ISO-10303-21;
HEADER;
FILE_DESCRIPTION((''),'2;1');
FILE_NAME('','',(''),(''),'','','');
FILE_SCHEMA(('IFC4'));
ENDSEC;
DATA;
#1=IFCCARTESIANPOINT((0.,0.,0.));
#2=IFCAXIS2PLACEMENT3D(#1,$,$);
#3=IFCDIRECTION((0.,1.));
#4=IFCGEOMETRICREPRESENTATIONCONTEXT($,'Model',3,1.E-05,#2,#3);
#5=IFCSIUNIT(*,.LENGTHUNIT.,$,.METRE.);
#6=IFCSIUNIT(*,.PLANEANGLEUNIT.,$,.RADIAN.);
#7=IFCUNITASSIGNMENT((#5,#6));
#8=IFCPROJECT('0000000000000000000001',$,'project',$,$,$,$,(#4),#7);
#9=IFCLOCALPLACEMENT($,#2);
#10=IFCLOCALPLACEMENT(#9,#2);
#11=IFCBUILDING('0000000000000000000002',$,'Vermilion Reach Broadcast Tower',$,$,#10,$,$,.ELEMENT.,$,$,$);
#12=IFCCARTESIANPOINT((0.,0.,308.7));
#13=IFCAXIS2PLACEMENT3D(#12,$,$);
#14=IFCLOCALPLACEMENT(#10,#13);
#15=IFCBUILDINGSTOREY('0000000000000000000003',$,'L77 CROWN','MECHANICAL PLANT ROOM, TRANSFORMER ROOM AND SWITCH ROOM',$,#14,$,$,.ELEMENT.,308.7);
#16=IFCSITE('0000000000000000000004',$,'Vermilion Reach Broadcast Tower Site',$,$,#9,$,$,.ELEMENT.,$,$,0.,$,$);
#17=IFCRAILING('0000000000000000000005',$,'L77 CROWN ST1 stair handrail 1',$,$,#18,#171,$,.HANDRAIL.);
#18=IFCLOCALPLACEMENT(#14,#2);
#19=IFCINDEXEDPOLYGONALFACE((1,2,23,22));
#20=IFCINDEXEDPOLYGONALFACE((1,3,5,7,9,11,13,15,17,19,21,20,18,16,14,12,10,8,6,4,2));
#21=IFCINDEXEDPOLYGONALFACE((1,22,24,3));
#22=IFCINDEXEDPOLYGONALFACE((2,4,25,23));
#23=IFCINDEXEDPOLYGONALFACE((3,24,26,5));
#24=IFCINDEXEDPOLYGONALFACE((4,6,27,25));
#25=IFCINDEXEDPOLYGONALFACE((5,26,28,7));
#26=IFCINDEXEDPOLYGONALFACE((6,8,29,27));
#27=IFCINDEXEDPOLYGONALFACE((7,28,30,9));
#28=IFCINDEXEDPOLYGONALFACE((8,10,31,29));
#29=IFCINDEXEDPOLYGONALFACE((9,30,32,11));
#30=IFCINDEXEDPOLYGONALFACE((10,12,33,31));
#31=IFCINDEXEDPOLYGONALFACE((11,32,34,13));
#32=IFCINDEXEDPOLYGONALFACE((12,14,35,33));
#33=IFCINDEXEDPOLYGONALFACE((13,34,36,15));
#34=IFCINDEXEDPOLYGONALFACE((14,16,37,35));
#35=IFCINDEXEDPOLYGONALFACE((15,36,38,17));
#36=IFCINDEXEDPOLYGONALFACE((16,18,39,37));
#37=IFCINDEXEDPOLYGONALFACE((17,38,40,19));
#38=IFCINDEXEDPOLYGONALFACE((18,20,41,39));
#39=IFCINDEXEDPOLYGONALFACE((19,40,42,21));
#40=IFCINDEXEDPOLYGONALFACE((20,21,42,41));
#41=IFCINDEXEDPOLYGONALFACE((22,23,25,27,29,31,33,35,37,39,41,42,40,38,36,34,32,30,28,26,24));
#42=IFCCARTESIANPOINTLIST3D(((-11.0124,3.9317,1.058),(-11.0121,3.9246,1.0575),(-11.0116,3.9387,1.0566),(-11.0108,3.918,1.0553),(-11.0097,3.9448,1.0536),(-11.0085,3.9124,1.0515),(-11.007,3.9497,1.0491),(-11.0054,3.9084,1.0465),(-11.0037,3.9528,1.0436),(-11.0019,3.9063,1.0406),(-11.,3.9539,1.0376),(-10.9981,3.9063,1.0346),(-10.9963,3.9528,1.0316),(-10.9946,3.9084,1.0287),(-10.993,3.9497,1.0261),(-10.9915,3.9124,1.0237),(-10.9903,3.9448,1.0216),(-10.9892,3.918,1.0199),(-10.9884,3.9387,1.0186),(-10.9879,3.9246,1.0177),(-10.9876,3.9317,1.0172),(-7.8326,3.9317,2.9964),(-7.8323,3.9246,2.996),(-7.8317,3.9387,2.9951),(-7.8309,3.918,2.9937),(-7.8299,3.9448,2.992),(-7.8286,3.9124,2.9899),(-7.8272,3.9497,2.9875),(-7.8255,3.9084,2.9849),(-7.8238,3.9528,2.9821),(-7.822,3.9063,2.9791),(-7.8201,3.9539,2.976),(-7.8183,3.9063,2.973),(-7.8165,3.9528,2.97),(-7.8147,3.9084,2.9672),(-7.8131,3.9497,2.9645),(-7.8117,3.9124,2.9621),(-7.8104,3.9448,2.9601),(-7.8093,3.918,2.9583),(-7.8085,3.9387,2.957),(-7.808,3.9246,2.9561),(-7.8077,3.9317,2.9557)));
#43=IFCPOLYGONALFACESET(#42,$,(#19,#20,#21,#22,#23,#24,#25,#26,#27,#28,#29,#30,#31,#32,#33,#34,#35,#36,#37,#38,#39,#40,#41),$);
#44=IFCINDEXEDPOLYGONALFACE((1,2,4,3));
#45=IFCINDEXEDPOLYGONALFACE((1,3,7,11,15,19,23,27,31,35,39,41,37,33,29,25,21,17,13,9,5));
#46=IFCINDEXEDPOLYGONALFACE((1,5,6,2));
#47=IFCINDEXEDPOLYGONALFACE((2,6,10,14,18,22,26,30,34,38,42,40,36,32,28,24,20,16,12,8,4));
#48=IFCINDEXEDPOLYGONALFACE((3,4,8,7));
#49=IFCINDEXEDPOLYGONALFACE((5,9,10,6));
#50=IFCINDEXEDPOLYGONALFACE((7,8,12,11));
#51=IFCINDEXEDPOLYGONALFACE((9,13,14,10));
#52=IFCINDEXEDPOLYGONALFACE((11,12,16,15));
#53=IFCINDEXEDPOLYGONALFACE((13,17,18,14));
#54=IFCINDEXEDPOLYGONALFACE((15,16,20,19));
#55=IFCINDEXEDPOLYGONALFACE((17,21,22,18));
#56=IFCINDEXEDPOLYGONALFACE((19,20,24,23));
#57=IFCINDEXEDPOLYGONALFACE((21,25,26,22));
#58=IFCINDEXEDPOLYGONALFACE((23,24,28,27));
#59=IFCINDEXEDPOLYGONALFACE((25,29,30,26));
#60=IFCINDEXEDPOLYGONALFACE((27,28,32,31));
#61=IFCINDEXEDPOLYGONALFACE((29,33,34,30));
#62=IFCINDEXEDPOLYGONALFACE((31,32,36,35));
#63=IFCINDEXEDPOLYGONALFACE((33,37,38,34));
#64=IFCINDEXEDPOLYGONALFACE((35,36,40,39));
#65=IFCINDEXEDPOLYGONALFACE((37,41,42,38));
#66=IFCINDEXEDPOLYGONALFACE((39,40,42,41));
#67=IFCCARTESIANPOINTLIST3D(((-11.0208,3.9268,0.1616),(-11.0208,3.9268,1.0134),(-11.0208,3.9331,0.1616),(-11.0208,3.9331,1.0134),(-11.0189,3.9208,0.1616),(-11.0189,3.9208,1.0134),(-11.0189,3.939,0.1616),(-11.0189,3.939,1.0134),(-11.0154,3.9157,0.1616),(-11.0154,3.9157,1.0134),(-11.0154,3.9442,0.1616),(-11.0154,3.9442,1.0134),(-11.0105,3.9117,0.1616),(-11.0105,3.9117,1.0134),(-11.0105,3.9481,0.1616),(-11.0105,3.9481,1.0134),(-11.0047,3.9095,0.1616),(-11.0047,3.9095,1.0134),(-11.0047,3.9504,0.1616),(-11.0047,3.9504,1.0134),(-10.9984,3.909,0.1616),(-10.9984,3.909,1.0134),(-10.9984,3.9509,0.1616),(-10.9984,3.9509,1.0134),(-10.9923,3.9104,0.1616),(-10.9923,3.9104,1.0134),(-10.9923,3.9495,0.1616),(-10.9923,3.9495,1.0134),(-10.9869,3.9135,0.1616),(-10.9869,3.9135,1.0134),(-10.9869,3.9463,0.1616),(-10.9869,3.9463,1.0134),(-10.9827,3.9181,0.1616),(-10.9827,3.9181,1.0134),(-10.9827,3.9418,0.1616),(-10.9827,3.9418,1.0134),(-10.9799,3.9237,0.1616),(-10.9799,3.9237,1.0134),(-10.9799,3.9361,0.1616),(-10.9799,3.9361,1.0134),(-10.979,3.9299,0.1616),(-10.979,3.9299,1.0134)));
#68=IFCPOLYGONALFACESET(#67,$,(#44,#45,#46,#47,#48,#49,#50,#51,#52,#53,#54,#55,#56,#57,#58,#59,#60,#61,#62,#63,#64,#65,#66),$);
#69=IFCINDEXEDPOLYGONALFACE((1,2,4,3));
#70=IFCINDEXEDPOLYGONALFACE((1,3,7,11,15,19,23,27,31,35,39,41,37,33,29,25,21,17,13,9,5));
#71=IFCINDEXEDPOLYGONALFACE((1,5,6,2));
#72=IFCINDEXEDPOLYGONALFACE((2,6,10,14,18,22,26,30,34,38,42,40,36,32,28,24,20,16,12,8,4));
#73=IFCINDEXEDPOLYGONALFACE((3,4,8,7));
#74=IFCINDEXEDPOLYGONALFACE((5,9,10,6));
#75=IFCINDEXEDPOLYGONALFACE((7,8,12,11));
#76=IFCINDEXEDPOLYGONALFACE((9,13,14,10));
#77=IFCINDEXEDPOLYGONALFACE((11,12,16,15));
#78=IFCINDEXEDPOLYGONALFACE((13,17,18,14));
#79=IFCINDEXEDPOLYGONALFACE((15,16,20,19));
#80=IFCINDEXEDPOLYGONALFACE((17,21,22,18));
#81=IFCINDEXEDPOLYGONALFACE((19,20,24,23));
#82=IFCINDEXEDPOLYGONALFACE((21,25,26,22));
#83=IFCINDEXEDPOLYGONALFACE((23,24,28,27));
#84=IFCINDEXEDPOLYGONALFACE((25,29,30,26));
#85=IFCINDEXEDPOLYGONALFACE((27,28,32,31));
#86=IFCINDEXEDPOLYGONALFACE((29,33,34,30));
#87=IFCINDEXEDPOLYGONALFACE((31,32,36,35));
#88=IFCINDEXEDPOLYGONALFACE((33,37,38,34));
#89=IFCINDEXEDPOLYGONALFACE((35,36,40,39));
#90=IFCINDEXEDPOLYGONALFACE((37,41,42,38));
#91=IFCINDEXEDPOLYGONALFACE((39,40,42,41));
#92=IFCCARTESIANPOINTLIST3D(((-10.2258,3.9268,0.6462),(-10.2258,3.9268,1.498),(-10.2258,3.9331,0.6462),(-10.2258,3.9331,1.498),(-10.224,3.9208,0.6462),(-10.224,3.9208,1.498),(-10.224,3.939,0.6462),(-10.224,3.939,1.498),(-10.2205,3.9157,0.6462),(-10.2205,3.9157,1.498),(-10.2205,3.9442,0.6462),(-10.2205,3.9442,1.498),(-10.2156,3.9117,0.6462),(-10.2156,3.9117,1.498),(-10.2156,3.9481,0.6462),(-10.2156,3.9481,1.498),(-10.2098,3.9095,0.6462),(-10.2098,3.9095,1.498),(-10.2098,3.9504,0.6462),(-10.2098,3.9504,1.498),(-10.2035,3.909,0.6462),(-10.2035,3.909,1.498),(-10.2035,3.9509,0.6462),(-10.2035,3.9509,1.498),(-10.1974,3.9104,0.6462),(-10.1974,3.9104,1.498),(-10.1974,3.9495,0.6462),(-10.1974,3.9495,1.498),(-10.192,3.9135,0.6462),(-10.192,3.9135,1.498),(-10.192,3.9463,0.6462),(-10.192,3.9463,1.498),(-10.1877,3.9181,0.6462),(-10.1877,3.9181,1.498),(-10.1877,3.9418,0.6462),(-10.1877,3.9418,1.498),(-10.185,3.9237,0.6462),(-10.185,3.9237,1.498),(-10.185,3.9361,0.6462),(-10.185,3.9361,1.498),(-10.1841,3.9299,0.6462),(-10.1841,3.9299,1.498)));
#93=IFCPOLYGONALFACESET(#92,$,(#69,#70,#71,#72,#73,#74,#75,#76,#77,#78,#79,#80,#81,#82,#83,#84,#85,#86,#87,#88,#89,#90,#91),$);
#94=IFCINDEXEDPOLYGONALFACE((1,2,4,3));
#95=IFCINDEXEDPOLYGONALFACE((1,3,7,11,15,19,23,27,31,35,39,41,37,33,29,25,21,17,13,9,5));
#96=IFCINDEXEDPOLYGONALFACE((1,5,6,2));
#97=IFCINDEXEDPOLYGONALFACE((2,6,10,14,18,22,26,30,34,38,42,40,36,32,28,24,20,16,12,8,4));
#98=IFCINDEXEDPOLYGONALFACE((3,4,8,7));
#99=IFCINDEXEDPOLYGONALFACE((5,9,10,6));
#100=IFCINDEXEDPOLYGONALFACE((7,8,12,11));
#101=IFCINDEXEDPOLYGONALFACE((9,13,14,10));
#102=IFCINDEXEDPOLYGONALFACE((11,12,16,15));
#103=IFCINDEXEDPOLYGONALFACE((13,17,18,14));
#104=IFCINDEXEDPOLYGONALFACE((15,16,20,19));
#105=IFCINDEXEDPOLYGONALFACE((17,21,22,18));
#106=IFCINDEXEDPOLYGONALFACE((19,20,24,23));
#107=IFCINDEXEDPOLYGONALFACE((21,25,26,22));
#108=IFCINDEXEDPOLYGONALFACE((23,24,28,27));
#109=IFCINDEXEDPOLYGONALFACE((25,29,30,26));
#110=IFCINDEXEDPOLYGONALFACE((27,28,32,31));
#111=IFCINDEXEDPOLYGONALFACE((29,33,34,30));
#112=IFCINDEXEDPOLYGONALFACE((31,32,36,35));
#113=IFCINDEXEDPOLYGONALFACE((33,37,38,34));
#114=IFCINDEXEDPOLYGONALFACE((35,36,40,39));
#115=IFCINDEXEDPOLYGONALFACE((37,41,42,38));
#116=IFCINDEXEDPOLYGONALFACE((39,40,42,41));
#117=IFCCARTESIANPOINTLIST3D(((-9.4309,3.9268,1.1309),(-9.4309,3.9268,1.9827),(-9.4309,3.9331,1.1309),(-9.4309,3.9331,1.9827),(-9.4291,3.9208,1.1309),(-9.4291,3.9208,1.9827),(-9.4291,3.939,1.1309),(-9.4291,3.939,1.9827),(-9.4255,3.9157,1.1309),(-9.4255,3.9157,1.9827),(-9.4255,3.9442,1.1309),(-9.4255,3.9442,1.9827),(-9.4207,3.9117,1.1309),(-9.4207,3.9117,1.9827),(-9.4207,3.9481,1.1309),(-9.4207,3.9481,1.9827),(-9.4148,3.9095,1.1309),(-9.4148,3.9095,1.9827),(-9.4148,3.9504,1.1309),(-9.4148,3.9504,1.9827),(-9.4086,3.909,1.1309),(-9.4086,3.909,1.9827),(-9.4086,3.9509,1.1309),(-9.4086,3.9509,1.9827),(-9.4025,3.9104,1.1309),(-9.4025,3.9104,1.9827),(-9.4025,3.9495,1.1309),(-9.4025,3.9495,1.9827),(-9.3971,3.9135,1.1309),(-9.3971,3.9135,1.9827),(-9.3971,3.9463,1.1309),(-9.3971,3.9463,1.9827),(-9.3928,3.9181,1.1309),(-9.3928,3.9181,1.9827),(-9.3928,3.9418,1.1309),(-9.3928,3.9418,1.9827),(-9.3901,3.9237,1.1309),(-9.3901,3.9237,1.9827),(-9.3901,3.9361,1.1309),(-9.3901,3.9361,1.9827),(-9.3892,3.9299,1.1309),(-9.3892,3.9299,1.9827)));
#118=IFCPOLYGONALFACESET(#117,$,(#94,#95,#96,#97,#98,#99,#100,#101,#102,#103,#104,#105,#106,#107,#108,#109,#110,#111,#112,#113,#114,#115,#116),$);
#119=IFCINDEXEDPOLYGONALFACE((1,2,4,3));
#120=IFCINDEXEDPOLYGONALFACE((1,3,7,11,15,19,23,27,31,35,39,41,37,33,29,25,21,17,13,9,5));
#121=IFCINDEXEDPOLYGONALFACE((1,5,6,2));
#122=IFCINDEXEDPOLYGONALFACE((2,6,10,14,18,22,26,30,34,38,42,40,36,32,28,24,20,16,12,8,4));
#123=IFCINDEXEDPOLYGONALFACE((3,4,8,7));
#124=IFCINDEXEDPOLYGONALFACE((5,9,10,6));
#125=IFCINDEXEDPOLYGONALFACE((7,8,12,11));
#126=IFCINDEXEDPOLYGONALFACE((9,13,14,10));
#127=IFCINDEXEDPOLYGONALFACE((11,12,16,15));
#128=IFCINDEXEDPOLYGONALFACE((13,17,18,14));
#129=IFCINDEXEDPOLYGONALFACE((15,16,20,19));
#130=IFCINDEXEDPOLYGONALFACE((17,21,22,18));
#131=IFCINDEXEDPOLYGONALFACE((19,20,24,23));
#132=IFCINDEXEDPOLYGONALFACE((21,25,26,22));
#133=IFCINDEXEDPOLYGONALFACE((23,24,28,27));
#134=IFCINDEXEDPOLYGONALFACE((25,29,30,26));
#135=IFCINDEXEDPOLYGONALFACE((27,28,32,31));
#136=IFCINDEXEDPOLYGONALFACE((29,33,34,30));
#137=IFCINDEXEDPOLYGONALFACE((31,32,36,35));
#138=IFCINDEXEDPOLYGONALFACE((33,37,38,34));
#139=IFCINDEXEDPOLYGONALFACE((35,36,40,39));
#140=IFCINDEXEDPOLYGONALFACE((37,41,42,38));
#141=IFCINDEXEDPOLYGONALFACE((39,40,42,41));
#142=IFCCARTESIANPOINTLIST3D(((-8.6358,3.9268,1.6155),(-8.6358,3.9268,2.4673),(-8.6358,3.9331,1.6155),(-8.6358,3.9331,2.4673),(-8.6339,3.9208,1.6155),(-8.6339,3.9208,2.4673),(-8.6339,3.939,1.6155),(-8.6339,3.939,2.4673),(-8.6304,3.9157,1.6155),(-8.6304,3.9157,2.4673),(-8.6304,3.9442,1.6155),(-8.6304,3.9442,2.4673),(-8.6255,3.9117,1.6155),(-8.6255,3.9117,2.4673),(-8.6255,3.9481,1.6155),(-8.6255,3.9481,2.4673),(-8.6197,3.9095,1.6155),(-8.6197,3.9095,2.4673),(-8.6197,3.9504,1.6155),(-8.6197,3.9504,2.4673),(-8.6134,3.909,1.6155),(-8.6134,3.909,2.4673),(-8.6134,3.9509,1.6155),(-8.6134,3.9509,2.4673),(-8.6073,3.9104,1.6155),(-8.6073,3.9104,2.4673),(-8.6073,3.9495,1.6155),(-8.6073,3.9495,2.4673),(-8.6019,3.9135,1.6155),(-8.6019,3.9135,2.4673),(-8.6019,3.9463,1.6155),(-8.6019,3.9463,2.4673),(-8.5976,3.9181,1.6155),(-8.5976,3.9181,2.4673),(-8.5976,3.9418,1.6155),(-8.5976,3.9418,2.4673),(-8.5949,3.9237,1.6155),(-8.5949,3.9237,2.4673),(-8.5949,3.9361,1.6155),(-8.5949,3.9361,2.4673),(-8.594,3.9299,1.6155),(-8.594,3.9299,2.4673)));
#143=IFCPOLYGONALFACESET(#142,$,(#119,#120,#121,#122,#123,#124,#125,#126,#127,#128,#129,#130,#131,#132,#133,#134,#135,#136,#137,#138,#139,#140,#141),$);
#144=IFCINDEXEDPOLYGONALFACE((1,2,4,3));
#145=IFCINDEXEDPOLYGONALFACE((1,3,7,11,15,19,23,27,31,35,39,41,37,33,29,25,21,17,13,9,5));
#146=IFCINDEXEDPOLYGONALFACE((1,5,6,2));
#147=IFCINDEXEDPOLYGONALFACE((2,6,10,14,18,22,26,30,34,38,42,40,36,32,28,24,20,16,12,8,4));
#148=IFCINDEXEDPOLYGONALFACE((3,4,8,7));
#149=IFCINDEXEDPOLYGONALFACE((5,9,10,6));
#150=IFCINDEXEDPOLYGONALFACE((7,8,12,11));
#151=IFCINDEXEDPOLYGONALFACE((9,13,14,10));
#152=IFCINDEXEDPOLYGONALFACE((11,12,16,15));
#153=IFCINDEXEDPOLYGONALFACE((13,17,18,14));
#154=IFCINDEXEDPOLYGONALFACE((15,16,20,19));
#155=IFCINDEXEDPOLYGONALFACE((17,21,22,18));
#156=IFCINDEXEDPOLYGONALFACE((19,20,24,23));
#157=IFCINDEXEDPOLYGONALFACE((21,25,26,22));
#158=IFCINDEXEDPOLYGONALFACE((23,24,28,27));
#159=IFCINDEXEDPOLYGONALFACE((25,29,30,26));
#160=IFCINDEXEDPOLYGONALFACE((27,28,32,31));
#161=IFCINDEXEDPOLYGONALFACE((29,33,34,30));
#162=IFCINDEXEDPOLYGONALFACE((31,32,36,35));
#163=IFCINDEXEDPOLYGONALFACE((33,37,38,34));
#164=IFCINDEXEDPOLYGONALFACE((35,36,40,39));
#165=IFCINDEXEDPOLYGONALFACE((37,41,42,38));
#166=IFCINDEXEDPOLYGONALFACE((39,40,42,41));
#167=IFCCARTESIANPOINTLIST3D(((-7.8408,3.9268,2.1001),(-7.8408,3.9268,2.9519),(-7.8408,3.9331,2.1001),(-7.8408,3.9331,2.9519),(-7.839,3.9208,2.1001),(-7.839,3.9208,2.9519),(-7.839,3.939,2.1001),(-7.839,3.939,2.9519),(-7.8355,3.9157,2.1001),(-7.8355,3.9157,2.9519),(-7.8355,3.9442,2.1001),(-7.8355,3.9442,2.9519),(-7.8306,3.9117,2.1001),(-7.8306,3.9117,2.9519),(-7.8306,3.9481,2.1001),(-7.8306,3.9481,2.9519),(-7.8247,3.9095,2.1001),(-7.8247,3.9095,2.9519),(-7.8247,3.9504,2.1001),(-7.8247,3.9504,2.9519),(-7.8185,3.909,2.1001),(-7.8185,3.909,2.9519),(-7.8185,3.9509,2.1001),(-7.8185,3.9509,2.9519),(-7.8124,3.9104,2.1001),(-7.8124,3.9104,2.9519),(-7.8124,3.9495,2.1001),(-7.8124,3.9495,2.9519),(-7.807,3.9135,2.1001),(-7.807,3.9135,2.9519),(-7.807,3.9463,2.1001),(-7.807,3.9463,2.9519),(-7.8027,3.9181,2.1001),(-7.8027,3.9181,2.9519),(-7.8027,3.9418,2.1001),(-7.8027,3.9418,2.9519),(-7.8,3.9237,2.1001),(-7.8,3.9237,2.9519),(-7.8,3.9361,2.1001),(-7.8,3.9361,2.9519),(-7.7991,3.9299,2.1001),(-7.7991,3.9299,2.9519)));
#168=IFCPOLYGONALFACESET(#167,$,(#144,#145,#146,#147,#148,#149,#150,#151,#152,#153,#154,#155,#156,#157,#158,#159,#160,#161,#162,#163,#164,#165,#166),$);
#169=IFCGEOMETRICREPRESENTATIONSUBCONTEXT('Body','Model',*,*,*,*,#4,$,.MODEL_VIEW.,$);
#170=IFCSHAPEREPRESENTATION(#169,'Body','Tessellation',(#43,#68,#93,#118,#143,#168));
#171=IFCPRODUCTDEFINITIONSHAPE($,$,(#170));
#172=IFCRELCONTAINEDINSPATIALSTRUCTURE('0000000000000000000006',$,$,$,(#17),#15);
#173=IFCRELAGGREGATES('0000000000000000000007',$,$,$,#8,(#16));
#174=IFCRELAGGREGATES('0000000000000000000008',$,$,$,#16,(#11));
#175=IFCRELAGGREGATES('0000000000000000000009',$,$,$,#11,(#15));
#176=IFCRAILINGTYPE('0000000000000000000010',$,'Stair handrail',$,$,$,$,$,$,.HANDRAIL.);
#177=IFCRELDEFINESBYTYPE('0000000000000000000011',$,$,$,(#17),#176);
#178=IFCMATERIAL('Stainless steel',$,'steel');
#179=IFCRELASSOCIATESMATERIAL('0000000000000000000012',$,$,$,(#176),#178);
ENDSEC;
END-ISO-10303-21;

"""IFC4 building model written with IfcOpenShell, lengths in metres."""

from ifc_helpers import new_model, si_unit, direction, frame, origin, origin_2d, place, context, subcontext, project, spatial, circle, extrude, material, type_object, element, save


model = new_model("IFC4")

# Units and contexts
model_context = context("Model", 3, precision=1e-05, world=origin(), true_north=direction((0.0, 1.0)))
body_context = subcontext(model_context, "Body", "Model", "MODEL_VIEW")
ifc_project = project(units=[si_unit("LENGTHUNIT", "METRE"), si_unit("PLANEANGLEUNIT", "RADIAN")], contexts=[model_context])

# Site, building, storey
site_placement = place(None, origin())
site = spatial("IfcSite", under=ifc_project, at=site_placement, Name="Vermilion Reach Broadcast Tower Site", CompositionType="ELEMENT", RefElevation=0.0)
building_placement = place(site_placement, origin())
building = spatial("IfcBuilding", under=site, at=building_placement, Name="Vermilion Reach Broadcast Tower", CompositionType="ELEMENT")
storey_placement = place(building_placement, frame((0.0, 0.0, 308.7)))
storey = spatial("IfcBuildingStorey", under=building, at=storey_placement, Name="L77 CROWN", Description="MECHANICAL PLANT ROOM, TRANSFORMER ROOM AND SWITCH ROOM", CompositionType="ELEMENT", Elevation=308.7)

# Railing
ifc_material_1 = material(Name="Stainless steel", Category="steel")
railing_type_1 = type_object("IfcRailingType", Name="Stair handrail", PredefinedType="HANDRAIL", material=ifc_material_1)
railing_1_placement = place(storey_placement, frame((-11.0, 3.9299, 0.1616)))
element("IfcRailing", 1, at=railing_1_placement, inside=storey, type_object=railing_type_1, Name="L77 CROWN ST1 stair handrail 1", PredefinedType="HANDRAIL", context=body_context, shape_type="SweptSolid", body=[
    extrude(circle(Radius=0.0239, at=origin_2d()), frame((0.0, 0.0, 0.876), z_axis=(0.853857, 0.0, 0.520508), x_axis=(0.0, 1.0, 0.0)), (0.0, 0.0, 1.0), 3.7241),
    extrude(circle(Radius=0.021, at=origin_2d()), origin(), (0.0, 0.0, 1.0), 0.8518),
    extrude(circle(Radius=0.021, at=origin_2d()), frame((0.7949, 0.0, 0.4846)), (0.0, 0.0, 1.0), 0.8518),
    extrude(circle(Radius=0.021, at=origin_2d()), frame((1.5898, 0.0, 0.9692)), (0.0, 0.0, 1.0), 0.8518),
    extrude(circle(Radius=0.021, at=origin_2d()), frame((2.385, 0.0, 1.4539)), (0.0, 0.0, 1.0), 0.8518),
    extrude(circle(Radius=0.021, at=origin_2d()), frame((3.1799, 0.0, 1.9385)), (0.0, 0.0, 1.0), 0.8518),
])

save(model, "model.ifc")
